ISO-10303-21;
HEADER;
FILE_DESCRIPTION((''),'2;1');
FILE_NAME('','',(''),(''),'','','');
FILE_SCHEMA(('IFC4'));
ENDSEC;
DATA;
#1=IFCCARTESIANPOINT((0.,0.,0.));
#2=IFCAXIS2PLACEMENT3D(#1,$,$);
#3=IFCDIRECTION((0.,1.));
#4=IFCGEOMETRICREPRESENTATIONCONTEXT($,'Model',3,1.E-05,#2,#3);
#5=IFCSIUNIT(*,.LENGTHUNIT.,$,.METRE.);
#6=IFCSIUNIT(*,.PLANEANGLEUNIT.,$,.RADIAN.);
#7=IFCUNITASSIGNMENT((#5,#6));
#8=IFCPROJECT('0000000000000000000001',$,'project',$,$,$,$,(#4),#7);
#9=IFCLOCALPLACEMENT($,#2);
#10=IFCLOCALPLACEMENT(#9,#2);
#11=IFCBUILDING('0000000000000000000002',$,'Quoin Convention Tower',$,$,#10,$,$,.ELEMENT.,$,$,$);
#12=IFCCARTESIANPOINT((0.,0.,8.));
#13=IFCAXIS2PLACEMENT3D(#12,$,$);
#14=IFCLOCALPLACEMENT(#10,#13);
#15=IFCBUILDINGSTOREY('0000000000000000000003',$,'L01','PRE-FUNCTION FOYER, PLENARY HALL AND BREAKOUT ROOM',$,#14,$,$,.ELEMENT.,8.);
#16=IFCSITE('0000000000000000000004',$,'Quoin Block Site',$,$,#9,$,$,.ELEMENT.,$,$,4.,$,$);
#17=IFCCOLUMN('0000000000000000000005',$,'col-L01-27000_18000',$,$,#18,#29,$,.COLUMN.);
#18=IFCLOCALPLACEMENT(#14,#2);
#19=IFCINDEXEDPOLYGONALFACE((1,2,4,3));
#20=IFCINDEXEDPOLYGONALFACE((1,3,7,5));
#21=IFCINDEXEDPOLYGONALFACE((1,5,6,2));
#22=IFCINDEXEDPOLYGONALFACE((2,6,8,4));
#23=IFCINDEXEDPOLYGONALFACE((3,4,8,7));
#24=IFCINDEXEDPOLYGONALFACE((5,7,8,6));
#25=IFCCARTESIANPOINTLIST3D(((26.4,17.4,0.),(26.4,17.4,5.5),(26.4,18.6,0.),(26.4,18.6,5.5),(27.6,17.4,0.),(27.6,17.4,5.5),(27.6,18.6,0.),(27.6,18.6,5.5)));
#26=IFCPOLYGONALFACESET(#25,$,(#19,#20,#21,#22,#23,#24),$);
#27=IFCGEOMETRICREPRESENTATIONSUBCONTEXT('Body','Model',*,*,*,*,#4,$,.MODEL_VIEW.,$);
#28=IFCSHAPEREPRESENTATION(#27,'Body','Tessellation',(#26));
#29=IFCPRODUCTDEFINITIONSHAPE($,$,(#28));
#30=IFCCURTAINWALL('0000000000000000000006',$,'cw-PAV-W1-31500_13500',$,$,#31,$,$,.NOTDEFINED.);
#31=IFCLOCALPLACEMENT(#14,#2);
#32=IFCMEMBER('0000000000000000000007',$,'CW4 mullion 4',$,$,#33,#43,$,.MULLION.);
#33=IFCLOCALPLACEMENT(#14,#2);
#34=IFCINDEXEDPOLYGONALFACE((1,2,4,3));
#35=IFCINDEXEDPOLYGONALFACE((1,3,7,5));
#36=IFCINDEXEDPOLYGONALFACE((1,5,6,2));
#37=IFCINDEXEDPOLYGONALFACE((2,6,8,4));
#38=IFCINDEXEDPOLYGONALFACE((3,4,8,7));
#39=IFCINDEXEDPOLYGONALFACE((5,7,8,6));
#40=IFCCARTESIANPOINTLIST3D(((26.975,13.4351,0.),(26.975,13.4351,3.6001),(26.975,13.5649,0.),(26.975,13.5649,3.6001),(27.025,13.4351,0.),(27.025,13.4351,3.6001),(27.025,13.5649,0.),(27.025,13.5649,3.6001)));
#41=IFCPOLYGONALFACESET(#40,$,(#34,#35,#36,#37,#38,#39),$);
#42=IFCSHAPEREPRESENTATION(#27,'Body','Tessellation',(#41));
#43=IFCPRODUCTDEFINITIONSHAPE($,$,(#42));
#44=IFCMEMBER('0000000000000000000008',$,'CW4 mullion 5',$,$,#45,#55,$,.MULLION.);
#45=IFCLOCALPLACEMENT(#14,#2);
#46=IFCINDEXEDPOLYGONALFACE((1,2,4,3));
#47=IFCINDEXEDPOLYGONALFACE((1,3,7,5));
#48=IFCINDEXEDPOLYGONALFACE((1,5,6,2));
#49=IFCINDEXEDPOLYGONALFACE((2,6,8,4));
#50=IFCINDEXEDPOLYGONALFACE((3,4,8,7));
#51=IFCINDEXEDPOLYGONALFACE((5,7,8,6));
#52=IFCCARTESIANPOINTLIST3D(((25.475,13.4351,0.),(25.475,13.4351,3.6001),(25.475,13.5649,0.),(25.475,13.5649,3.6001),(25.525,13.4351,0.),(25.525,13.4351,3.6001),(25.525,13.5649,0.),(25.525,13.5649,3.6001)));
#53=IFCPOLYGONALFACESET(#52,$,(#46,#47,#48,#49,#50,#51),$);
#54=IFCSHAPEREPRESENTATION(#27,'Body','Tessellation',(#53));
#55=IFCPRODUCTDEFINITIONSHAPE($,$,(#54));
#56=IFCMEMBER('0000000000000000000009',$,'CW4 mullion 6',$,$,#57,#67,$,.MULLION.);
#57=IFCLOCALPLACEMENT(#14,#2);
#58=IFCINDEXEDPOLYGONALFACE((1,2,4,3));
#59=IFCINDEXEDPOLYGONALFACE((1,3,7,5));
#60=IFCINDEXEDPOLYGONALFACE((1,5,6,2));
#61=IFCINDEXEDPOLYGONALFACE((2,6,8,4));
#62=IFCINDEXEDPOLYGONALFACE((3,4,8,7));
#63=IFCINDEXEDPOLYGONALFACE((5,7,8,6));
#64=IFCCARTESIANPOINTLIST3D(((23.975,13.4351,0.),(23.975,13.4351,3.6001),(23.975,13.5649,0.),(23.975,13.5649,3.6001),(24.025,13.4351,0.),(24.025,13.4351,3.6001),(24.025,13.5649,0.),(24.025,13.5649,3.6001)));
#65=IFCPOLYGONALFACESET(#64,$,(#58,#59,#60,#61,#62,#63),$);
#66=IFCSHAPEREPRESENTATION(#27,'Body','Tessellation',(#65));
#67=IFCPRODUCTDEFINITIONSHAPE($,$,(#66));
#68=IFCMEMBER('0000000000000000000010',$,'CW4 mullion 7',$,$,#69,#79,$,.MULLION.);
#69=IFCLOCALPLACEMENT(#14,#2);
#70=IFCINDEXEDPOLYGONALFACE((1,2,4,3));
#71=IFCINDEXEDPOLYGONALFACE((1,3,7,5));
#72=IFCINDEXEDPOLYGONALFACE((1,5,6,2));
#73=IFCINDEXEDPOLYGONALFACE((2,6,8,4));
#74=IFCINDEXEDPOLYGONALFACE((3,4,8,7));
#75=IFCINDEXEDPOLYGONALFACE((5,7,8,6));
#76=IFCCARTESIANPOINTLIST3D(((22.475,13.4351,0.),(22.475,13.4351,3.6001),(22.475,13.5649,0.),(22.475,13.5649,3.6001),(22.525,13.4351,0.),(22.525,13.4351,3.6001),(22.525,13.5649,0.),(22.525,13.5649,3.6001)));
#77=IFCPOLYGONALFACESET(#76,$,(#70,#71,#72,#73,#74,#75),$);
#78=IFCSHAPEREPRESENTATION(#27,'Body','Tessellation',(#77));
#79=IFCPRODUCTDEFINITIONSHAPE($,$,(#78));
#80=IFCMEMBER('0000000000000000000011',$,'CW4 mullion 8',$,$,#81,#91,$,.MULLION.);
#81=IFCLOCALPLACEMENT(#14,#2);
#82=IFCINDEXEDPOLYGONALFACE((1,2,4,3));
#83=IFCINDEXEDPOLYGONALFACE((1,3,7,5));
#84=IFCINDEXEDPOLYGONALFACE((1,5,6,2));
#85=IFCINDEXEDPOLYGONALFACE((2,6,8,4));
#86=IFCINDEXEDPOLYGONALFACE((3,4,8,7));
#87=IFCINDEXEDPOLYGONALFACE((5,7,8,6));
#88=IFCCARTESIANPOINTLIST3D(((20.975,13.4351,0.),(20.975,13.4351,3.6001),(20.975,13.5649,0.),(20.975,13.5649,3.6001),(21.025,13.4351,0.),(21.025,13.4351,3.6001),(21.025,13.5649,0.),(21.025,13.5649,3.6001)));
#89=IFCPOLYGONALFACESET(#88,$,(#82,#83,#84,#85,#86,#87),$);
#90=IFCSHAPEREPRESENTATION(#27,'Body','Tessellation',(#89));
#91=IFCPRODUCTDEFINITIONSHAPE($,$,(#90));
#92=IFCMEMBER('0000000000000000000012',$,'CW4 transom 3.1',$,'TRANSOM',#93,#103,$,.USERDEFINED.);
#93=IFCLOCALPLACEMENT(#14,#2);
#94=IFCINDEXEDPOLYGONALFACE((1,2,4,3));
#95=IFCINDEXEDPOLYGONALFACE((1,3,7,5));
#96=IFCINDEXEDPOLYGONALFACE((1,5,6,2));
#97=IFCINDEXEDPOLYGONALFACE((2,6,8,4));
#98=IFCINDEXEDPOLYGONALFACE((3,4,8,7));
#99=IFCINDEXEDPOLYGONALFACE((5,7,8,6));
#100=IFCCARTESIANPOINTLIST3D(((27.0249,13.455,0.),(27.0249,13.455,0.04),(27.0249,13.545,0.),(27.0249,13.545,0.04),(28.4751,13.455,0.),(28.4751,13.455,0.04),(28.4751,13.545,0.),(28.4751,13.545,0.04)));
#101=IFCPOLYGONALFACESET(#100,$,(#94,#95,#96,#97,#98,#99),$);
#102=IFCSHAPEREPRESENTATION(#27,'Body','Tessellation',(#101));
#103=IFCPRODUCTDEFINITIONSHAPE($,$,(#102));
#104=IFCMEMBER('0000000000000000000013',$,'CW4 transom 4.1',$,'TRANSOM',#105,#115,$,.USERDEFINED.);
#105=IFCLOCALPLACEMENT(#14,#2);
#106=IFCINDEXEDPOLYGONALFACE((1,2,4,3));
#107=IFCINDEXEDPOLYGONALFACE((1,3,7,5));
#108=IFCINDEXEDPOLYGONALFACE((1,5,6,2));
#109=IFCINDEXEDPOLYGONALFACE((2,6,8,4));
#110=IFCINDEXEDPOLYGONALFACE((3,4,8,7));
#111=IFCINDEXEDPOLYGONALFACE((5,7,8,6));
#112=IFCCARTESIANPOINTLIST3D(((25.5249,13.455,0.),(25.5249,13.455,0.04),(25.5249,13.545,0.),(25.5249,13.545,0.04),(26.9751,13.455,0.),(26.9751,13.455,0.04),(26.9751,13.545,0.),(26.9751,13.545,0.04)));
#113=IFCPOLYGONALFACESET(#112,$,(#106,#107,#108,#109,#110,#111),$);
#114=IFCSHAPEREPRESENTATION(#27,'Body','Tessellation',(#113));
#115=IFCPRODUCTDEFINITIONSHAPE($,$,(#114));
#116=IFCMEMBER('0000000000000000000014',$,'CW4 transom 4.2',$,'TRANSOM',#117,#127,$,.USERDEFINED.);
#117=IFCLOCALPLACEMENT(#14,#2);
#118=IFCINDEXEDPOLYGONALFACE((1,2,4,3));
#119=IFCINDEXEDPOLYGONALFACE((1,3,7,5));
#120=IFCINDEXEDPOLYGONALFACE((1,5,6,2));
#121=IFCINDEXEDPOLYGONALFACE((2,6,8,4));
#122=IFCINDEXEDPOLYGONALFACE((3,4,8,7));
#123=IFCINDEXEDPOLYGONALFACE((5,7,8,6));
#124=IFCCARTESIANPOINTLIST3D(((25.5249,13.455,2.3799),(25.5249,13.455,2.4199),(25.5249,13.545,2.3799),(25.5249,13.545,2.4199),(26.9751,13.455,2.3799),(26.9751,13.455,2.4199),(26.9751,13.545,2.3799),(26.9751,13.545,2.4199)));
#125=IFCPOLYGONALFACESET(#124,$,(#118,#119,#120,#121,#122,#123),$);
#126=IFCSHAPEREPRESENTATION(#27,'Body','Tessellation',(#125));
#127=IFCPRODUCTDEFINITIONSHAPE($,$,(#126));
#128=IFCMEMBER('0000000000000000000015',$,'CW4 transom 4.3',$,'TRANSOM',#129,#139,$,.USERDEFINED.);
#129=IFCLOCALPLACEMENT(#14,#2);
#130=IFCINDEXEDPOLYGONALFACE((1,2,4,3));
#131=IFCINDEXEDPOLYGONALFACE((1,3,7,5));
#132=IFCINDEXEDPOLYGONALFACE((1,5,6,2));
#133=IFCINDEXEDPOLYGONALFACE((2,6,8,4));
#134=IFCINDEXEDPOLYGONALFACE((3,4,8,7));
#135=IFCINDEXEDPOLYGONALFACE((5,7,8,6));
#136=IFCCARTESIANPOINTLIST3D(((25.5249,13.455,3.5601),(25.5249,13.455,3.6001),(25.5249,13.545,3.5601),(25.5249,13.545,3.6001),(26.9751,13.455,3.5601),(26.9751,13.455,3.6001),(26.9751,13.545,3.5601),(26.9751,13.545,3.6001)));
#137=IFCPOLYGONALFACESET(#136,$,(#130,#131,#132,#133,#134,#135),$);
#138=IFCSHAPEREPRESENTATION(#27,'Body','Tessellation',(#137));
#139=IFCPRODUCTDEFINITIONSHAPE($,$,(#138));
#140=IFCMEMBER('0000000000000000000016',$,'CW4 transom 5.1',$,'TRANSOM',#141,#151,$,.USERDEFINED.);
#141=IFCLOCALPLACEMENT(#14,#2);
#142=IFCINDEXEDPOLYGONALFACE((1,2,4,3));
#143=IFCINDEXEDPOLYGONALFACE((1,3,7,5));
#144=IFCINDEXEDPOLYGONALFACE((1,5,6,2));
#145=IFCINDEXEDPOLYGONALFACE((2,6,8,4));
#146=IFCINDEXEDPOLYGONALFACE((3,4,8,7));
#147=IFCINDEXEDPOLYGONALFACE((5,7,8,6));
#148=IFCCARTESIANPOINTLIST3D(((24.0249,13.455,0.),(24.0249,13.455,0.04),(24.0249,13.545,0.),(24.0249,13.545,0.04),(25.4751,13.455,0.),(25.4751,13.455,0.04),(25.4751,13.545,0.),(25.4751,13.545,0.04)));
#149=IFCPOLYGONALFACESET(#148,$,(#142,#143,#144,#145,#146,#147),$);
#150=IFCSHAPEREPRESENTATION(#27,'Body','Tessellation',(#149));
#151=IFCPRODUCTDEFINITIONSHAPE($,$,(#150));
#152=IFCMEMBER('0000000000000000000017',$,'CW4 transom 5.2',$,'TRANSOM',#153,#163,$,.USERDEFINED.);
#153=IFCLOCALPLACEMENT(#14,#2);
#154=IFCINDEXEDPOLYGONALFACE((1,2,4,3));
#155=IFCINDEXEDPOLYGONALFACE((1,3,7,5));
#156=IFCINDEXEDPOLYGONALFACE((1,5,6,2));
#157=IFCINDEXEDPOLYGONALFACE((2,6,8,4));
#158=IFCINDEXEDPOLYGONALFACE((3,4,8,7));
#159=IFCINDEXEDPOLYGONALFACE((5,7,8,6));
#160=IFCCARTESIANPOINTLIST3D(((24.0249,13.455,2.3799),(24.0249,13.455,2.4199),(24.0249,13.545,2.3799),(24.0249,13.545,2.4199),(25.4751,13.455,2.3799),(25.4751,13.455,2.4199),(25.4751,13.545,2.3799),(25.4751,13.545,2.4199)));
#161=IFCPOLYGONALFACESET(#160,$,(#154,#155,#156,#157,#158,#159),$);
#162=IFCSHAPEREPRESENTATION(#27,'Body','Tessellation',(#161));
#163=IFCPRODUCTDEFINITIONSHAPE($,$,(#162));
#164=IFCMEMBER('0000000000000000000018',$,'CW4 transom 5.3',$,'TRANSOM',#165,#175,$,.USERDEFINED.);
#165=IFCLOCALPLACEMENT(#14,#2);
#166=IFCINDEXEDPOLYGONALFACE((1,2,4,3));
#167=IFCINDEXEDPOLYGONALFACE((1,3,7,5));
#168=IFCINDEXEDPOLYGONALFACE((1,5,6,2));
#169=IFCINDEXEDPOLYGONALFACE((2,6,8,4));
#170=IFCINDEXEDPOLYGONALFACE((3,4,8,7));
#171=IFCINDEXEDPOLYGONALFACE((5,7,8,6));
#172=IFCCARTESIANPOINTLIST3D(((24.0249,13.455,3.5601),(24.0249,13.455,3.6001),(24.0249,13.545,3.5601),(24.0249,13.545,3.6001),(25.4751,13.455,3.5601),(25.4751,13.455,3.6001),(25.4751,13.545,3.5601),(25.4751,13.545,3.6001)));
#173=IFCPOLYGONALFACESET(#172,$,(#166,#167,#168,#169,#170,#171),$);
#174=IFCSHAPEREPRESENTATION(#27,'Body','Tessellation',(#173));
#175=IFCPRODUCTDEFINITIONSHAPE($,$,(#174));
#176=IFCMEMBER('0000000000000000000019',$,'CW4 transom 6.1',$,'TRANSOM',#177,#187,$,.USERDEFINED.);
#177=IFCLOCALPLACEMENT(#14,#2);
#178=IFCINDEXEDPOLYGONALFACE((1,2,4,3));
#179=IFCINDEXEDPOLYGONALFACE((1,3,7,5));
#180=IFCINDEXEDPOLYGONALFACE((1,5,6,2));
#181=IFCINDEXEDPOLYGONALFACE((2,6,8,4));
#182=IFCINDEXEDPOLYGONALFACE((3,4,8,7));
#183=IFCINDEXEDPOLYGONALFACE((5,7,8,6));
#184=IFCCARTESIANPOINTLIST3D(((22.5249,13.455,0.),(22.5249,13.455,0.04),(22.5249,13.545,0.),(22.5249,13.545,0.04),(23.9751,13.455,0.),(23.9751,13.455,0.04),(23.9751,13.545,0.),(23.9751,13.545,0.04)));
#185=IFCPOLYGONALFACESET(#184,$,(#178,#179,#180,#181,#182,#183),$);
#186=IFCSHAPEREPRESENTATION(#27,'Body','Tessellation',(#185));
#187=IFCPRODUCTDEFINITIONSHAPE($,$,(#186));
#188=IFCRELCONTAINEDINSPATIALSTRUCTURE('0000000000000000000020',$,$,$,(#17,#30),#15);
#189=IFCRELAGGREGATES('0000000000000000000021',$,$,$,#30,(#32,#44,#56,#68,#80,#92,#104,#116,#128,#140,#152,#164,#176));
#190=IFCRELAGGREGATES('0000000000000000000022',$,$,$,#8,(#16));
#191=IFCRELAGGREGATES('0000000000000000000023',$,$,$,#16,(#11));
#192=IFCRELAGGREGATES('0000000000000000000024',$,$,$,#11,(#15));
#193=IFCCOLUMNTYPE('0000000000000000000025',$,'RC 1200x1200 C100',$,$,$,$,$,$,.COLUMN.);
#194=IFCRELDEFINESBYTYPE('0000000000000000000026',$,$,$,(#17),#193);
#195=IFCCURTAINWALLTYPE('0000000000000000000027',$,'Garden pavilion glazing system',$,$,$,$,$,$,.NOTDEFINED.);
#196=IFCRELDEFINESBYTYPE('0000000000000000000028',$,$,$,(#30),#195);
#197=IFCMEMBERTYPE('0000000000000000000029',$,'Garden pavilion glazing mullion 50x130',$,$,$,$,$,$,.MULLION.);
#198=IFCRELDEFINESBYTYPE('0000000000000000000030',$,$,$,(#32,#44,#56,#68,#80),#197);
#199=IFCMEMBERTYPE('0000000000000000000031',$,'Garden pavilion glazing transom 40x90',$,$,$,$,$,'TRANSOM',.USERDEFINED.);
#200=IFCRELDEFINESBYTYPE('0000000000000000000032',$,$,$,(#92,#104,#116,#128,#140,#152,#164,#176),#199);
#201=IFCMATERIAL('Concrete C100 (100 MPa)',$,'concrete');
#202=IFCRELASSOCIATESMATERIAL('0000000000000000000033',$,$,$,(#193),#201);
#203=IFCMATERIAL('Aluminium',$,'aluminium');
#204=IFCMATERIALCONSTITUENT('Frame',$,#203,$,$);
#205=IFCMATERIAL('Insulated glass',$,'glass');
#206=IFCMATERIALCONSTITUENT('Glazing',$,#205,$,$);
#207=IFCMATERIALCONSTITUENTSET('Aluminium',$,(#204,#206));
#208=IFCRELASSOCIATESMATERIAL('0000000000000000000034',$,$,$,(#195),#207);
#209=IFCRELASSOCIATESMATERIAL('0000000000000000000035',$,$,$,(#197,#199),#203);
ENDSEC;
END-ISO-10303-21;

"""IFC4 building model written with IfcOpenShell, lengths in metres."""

from ifc_helpers import new_model, si_unit, direction, frame, origin, origin_2d, place, context, subcontext, project, spatial, rectangle, extrude, material, constituent, constituent_set, material_profile, profile_set, type_object, element, aggregate, save


model = new_model("IFC4")

# Units and contexts
model_context = context("Model", 3, precision=1e-05, world=origin(), true_north=direction((0.0, 1.0)))
body_context = subcontext(model_context, "Body", "Model", "MODEL_VIEW")
ifc_project = project(units=[si_unit("LENGTHUNIT", "METRE"), si_unit("PLANEANGLEUNIT", "RADIAN")], contexts=[model_context])

# Site, building, storey
site_placement = place(None, origin())
site = spatial("IfcSite", under=ifc_project, at=site_placement, Name="Quoin Block Site", CompositionType="ELEMENT", RefElevation=4.0)
building_placement = place(site_placement, origin())
building = spatial("IfcBuilding", under=site, at=building_placement, Name="Quoin Convention Tower", CompositionType="ELEMENT")
storey_placement = place(building_placement, frame((0.0, 0.0, 8.0)))
storey = spatial("IfcBuildingStorey", under=building, at=storey_placement, Name="L01", Description="PRE-FUNCTION FOYER, PLENARY HALL AND BREAKOUT ROOM", CompositionType="ELEMENT", Elevation=8.0)

# Column
ifc_material_1 = material(Name="Concrete C100 (100 MPa)", Category="concrete")
ifc_material_profile_1 = material_profile(ifc_material_1, rectangle(XDim=1.2, YDim=1.2, at=origin_2d()), Name="RC 1200x1200")
ifc_profile_set_1 = profile_set([ifc_material_profile_1], Name="Concrete C100 (100 MPa)")
column_type = type_object("IfcColumnType", Name="RC 1200x1200 C100", PredefinedType="COLUMN", material=ifc_profile_set_1)
column_placement = place(storey_placement, frame((27.0, 18.0, 0.0), z_axis=(0.0, 0.0, 1.0), x_axis=(1.0, 0.0, 0.0)))
element("IfcColumn", 1, at=column_placement, inside=storey, type_object=column_type, Name="col-L01-27000_18000", PredefinedType="COLUMN", context=body_context, shape_type="SweptSolid", body=[
    extrude(rectangle(XDim=1.2, YDim=1.2, at=origin_2d()), origin(), (0.0, 0.0, 1.0), 5.5),
])

# Curtain wall, members
ifc_material_2 = material(Name="Aluminium", Category="aluminium")
ifc_constituent_1 = constituent(ifc_material_2, Name="Frame")
ifc_material_3 = material(Name="Insulated glass", Category="glass")
ifc_constituent_2 = constituent(ifc_material_3, Name="Glazing")
ifc_constituent_set = constituent_set(constituents=[ifc_constituent_1, ifc_constituent_2], Name="Aluminium")
curtain_wall_type = type_object("IfcCurtainWallType", Name="Garden pavilion glazing system", PredefinedType="NOTDEFINED", material=ifc_constituent_set)
curtain_wall_placement = place(storey_placement, origin())
curtain_wall = element("IfcCurtainWall", 2, at=curtain_wall_placement, inside=storey, type_object=curtain_wall_type, Name="cw-PAV-W1-31500_13500", PredefinedType="NOTDEFINED")
ifc_material_profile_2 = material_profile(ifc_material_2, rectangle(XDim=0.1299, YDim=0.05, at=origin_2d()), Name="Garden pavilion glazing mullion 50x130")
ifc_profile_set_2 = profile_set([ifc_material_profile_2], Name="Aluminium")
member_type_1 = type_object("IfcMemberType", Name="Garden pavilion glazing mullion 50x130", PredefinedType="MULLION", material=ifc_profile_set_2)
member_1_placement = place(storey_placement, frame((27.0, 13.5, 0.0), z_axis=(0.0, 0.0, 1.0), x_axis=(0.0, -1.0, 0.0)))
member_1 = element("IfcMember", 3, at=member_1_placement, type_object=member_type_1, Name="CW4 mullion 4", PredefinedType="MULLION", context=body_context, shape_type="SweptSolid", body=[
    extrude(rectangle(XDim=0.1299, YDim=0.05, at=origin_2d()), origin(), (0.0, 0.0, 1.0), 3.6001),
])
member_2_placement = place(storey_placement, frame((25.5, 13.5, 0.0), z_axis=(0.0, 0.0, 1.0), x_axis=(0.0, -1.0, 0.0)))
member_2 = element("IfcMember", 4, at=member_2_placement, type_object=member_type_1, Name="CW4 mullion 5", PredefinedType="MULLION", context=body_context, shape_type="SweptSolid", body=[
    extrude(rectangle(XDim=0.1299, YDim=0.05, at=origin_2d()), origin(), (0.0, 0.0, 1.0), 3.6001),
])
member_3_placement = place(storey_placement, frame((24.0, 13.5, 0.0), z_axis=(0.0, 0.0, 1.0), x_axis=(0.0, -1.0, 0.0)))
member_3 = element("IfcMember", 5, at=member_3_placement, type_object=member_type_1, Name="CW4 mullion 6", PredefinedType="MULLION", context=body_context, shape_type="SweptSolid", body=[
    extrude(rectangle(XDim=0.1299, YDim=0.05, at=origin_2d()), origin(), (0.0, 0.0, 1.0), 3.6001),
])
member_4_placement = place(storey_placement, frame((22.5, 13.5, 0.0), z_axis=(0.0, 0.0, 1.0), x_axis=(0.0, -1.0, 0.0)))
member_4 = element("IfcMember", 6, at=member_4_placement, type_object=member_type_1, Name="CW4 mullion 7", PredefinedType="MULLION", context=body_context, shape_type="SweptSolid", body=[
    extrude(rectangle(XDim=0.1299, YDim=0.05, at=origin_2d()), origin(), (0.0, 0.0, 1.0), 3.6001),
])
member_5_placement = place(storey_placement, frame((21.0, 13.5, 0.0), z_axis=(0.0, 0.0, 1.0), x_axis=(0.0, -1.0, 0.0)))
member_5 = element("IfcMember", 7, at=member_5_placement, type_object=member_type_1, Name="CW4 mullion 8", PredefinedType="MULLION", context=body_context, shape_type="SweptSolid", body=[
    extrude(rectangle(XDim=0.1299, YDim=0.05, at=origin_2d()), origin(), (0.0, 0.0, 1.0), 3.6001),
])
ifc_material_profile_3 = material_profile(ifc_material_2, rectangle(XDim=0.0901, YDim=0.04, at=origin_2d()), Name="Garden pavilion glazing transom 40x90")
ifc_profile_set_3 = profile_set([ifc_material_profile_3], Name="Aluminium")
member_type_2 = type_object("IfcMemberType", Name="Garden pavilion glazing transom 40x90", ElementType="TRANSOM", PredefinedType="USERDEFINED", material=ifc_profile_set_3)
member_6_placement = place(storey_placement, frame((28.4751, 13.5, 0.02), z_axis=(-1.0, 0.0, 0.0), x_axis=(0.0, -1.0, 0.0)))
member_6 = element("IfcMember", 8, at=member_6_placement, type_object=member_type_2, Name="CW4 transom 3.1", ObjectType="TRANSOM", PredefinedType="USERDEFINED", context=body_context, shape_type="SweptSolid", body=[
    extrude(rectangle(XDim=0.0901, YDim=0.04, at=origin_2d()), origin(), (0.0, 0.0, 1.0), 1.4502),
])
member_7_placement = place(storey_placement, frame((26.9751, 13.5, 0.02), z_axis=(-1.0, 0.0, 0.0), x_axis=(0.0, -1.0, 0.0)))
member_7 = element("IfcMember", 9, at=member_7_placement, type_object=member_type_2, Name="CW4 transom 4.1", ObjectType="TRANSOM", PredefinedType="USERDEFINED", context=body_context, shape_type="SweptSolid", body=[
    extrude(rectangle(XDim=0.0901, YDim=0.04, at=origin_2d()), origin(), (0.0, 0.0, 1.0), 1.4502),
])
member_8_placement = place(storey_placement, frame((26.9751, 13.5, 2.3999), z_axis=(-1.0, 0.0, 0.0), x_axis=(0.0, -1.0, 0.0)))
member_8 = element("IfcMember", 10, at=member_8_placement, type_object=member_type_2, Name="CW4 transom 4.2", ObjectType="TRANSOM", PredefinedType="USERDEFINED", context=body_context, shape_type="SweptSolid", body=[
    extrude(rectangle(XDim=0.0901, YDim=0.04, at=origin_2d()), origin(), (0.0, 0.0, 1.0), 1.4502),
])
member_9_placement = place(storey_placement, frame((26.9751, 13.5, 3.5801), z_axis=(-1.0, 0.0, 0.0), x_axis=(0.0, -1.0, 0.0)))
member_9 = element("IfcMember", 11, at=member_9_placement, type_object=member_type_2, Name="CW4 transom 4.3", ObjectType="TRANSOM", PredefinedType="USERDEFINED", context=body_context, shape_type="SweptSolid", body=[
    extrude(rectangle(XDim=0.0901, YDim=0.04, at=origin_2d()), origin(), (0.0, 0.0, 1.0), 1.4502),
])
member_10_placement = place(storey_placement, frame((25.4751, 13.5, 0.02), z_axis=(-1.0, 0.0, 0.0), x_axis=(0.0, -1.0, 0.0)))
member_10 = element("IfcMember", 12, at=member_10_placement, type_object=member_type_2, Name="CW4 transom 5.1", ObjectType="TRANSOM", PredefinedType="USERDEFINED", context=body_context, shape_type="SweptSolid", body=[
    extrude(rectangle(XDim=0.0901, YDim=0.04, at=origin_2d()), origin(), (0.0, 0.0, 1.0), 1.4502),
])
member_11_placement = place(storey_placement, frame((25.4751, 13.5, 2.3999), z_axis=(-1.0, 0.0, 0.0), x_axis=(0.0, -1.0, 0.0)))
member_11 = element("IfcMember", 13, at=member_11_placement, type_object=member_type_2, Name="CW4 transom 5.2", ObjectType="TRANSOM", PredefinedType="USERDEFINED", context=body_context, shape_type="SweptSolid", body=[
    extrude(rectangle(XDim=0.0901, YDim=0.04, at=origin_2d()), origin(), (0.0, 0.0, 1.0), 1.4502),
])
member_12_placement = place(storey_placement, frame((25.4751, 13.5, 3.5801), z_axis=(-1.0, 0.0, 0.0), x_axis=(0.0, -1.0, 0.0)))
member_12 = element("IfcMember", 14, at=member_12_placement, type_object=member_type_2, Name="CW4 transom 5.3", ObjectType="TRANSOM", PredefinedType="USERDEFINED", context=body_context, shape_type="SweptSolid", body=[
    extrude(rectangle(XDim=0.0901, YDim=0.04, at=origin_2d()), origin(), (0.0, 0.0, 1.0), 1.4502),
])
member_13_placement = place(storey_placement, frame((23.9751, 13.5, 0.02), z_axis=(-1.0, 0.0, 0.0), x_axis=(0.0, -1.0, 0.0)))
member_13 = element("IfcMember", 15, at=member_13_placement, type_object=member_type_2, Name="CW4 transom 6.1", ObjectType="TRANSOM", PredefinedType="USERDEFINED", context=body_context, shape_type="SweptSolid", body=[
    extrude(rectangle(XDim=0.0901, YDim=0.04, at=origin_2d()), origin(), (0.0, 0.0, 1.0), 1.4502),
])

aggregate(curtain_wall, [member_1, member_2, member_3, member_4, member_5, member_6, member_7, member_8, member_9, member_10, member_11, member_12, member_13])

save(model, "model.ifc")
